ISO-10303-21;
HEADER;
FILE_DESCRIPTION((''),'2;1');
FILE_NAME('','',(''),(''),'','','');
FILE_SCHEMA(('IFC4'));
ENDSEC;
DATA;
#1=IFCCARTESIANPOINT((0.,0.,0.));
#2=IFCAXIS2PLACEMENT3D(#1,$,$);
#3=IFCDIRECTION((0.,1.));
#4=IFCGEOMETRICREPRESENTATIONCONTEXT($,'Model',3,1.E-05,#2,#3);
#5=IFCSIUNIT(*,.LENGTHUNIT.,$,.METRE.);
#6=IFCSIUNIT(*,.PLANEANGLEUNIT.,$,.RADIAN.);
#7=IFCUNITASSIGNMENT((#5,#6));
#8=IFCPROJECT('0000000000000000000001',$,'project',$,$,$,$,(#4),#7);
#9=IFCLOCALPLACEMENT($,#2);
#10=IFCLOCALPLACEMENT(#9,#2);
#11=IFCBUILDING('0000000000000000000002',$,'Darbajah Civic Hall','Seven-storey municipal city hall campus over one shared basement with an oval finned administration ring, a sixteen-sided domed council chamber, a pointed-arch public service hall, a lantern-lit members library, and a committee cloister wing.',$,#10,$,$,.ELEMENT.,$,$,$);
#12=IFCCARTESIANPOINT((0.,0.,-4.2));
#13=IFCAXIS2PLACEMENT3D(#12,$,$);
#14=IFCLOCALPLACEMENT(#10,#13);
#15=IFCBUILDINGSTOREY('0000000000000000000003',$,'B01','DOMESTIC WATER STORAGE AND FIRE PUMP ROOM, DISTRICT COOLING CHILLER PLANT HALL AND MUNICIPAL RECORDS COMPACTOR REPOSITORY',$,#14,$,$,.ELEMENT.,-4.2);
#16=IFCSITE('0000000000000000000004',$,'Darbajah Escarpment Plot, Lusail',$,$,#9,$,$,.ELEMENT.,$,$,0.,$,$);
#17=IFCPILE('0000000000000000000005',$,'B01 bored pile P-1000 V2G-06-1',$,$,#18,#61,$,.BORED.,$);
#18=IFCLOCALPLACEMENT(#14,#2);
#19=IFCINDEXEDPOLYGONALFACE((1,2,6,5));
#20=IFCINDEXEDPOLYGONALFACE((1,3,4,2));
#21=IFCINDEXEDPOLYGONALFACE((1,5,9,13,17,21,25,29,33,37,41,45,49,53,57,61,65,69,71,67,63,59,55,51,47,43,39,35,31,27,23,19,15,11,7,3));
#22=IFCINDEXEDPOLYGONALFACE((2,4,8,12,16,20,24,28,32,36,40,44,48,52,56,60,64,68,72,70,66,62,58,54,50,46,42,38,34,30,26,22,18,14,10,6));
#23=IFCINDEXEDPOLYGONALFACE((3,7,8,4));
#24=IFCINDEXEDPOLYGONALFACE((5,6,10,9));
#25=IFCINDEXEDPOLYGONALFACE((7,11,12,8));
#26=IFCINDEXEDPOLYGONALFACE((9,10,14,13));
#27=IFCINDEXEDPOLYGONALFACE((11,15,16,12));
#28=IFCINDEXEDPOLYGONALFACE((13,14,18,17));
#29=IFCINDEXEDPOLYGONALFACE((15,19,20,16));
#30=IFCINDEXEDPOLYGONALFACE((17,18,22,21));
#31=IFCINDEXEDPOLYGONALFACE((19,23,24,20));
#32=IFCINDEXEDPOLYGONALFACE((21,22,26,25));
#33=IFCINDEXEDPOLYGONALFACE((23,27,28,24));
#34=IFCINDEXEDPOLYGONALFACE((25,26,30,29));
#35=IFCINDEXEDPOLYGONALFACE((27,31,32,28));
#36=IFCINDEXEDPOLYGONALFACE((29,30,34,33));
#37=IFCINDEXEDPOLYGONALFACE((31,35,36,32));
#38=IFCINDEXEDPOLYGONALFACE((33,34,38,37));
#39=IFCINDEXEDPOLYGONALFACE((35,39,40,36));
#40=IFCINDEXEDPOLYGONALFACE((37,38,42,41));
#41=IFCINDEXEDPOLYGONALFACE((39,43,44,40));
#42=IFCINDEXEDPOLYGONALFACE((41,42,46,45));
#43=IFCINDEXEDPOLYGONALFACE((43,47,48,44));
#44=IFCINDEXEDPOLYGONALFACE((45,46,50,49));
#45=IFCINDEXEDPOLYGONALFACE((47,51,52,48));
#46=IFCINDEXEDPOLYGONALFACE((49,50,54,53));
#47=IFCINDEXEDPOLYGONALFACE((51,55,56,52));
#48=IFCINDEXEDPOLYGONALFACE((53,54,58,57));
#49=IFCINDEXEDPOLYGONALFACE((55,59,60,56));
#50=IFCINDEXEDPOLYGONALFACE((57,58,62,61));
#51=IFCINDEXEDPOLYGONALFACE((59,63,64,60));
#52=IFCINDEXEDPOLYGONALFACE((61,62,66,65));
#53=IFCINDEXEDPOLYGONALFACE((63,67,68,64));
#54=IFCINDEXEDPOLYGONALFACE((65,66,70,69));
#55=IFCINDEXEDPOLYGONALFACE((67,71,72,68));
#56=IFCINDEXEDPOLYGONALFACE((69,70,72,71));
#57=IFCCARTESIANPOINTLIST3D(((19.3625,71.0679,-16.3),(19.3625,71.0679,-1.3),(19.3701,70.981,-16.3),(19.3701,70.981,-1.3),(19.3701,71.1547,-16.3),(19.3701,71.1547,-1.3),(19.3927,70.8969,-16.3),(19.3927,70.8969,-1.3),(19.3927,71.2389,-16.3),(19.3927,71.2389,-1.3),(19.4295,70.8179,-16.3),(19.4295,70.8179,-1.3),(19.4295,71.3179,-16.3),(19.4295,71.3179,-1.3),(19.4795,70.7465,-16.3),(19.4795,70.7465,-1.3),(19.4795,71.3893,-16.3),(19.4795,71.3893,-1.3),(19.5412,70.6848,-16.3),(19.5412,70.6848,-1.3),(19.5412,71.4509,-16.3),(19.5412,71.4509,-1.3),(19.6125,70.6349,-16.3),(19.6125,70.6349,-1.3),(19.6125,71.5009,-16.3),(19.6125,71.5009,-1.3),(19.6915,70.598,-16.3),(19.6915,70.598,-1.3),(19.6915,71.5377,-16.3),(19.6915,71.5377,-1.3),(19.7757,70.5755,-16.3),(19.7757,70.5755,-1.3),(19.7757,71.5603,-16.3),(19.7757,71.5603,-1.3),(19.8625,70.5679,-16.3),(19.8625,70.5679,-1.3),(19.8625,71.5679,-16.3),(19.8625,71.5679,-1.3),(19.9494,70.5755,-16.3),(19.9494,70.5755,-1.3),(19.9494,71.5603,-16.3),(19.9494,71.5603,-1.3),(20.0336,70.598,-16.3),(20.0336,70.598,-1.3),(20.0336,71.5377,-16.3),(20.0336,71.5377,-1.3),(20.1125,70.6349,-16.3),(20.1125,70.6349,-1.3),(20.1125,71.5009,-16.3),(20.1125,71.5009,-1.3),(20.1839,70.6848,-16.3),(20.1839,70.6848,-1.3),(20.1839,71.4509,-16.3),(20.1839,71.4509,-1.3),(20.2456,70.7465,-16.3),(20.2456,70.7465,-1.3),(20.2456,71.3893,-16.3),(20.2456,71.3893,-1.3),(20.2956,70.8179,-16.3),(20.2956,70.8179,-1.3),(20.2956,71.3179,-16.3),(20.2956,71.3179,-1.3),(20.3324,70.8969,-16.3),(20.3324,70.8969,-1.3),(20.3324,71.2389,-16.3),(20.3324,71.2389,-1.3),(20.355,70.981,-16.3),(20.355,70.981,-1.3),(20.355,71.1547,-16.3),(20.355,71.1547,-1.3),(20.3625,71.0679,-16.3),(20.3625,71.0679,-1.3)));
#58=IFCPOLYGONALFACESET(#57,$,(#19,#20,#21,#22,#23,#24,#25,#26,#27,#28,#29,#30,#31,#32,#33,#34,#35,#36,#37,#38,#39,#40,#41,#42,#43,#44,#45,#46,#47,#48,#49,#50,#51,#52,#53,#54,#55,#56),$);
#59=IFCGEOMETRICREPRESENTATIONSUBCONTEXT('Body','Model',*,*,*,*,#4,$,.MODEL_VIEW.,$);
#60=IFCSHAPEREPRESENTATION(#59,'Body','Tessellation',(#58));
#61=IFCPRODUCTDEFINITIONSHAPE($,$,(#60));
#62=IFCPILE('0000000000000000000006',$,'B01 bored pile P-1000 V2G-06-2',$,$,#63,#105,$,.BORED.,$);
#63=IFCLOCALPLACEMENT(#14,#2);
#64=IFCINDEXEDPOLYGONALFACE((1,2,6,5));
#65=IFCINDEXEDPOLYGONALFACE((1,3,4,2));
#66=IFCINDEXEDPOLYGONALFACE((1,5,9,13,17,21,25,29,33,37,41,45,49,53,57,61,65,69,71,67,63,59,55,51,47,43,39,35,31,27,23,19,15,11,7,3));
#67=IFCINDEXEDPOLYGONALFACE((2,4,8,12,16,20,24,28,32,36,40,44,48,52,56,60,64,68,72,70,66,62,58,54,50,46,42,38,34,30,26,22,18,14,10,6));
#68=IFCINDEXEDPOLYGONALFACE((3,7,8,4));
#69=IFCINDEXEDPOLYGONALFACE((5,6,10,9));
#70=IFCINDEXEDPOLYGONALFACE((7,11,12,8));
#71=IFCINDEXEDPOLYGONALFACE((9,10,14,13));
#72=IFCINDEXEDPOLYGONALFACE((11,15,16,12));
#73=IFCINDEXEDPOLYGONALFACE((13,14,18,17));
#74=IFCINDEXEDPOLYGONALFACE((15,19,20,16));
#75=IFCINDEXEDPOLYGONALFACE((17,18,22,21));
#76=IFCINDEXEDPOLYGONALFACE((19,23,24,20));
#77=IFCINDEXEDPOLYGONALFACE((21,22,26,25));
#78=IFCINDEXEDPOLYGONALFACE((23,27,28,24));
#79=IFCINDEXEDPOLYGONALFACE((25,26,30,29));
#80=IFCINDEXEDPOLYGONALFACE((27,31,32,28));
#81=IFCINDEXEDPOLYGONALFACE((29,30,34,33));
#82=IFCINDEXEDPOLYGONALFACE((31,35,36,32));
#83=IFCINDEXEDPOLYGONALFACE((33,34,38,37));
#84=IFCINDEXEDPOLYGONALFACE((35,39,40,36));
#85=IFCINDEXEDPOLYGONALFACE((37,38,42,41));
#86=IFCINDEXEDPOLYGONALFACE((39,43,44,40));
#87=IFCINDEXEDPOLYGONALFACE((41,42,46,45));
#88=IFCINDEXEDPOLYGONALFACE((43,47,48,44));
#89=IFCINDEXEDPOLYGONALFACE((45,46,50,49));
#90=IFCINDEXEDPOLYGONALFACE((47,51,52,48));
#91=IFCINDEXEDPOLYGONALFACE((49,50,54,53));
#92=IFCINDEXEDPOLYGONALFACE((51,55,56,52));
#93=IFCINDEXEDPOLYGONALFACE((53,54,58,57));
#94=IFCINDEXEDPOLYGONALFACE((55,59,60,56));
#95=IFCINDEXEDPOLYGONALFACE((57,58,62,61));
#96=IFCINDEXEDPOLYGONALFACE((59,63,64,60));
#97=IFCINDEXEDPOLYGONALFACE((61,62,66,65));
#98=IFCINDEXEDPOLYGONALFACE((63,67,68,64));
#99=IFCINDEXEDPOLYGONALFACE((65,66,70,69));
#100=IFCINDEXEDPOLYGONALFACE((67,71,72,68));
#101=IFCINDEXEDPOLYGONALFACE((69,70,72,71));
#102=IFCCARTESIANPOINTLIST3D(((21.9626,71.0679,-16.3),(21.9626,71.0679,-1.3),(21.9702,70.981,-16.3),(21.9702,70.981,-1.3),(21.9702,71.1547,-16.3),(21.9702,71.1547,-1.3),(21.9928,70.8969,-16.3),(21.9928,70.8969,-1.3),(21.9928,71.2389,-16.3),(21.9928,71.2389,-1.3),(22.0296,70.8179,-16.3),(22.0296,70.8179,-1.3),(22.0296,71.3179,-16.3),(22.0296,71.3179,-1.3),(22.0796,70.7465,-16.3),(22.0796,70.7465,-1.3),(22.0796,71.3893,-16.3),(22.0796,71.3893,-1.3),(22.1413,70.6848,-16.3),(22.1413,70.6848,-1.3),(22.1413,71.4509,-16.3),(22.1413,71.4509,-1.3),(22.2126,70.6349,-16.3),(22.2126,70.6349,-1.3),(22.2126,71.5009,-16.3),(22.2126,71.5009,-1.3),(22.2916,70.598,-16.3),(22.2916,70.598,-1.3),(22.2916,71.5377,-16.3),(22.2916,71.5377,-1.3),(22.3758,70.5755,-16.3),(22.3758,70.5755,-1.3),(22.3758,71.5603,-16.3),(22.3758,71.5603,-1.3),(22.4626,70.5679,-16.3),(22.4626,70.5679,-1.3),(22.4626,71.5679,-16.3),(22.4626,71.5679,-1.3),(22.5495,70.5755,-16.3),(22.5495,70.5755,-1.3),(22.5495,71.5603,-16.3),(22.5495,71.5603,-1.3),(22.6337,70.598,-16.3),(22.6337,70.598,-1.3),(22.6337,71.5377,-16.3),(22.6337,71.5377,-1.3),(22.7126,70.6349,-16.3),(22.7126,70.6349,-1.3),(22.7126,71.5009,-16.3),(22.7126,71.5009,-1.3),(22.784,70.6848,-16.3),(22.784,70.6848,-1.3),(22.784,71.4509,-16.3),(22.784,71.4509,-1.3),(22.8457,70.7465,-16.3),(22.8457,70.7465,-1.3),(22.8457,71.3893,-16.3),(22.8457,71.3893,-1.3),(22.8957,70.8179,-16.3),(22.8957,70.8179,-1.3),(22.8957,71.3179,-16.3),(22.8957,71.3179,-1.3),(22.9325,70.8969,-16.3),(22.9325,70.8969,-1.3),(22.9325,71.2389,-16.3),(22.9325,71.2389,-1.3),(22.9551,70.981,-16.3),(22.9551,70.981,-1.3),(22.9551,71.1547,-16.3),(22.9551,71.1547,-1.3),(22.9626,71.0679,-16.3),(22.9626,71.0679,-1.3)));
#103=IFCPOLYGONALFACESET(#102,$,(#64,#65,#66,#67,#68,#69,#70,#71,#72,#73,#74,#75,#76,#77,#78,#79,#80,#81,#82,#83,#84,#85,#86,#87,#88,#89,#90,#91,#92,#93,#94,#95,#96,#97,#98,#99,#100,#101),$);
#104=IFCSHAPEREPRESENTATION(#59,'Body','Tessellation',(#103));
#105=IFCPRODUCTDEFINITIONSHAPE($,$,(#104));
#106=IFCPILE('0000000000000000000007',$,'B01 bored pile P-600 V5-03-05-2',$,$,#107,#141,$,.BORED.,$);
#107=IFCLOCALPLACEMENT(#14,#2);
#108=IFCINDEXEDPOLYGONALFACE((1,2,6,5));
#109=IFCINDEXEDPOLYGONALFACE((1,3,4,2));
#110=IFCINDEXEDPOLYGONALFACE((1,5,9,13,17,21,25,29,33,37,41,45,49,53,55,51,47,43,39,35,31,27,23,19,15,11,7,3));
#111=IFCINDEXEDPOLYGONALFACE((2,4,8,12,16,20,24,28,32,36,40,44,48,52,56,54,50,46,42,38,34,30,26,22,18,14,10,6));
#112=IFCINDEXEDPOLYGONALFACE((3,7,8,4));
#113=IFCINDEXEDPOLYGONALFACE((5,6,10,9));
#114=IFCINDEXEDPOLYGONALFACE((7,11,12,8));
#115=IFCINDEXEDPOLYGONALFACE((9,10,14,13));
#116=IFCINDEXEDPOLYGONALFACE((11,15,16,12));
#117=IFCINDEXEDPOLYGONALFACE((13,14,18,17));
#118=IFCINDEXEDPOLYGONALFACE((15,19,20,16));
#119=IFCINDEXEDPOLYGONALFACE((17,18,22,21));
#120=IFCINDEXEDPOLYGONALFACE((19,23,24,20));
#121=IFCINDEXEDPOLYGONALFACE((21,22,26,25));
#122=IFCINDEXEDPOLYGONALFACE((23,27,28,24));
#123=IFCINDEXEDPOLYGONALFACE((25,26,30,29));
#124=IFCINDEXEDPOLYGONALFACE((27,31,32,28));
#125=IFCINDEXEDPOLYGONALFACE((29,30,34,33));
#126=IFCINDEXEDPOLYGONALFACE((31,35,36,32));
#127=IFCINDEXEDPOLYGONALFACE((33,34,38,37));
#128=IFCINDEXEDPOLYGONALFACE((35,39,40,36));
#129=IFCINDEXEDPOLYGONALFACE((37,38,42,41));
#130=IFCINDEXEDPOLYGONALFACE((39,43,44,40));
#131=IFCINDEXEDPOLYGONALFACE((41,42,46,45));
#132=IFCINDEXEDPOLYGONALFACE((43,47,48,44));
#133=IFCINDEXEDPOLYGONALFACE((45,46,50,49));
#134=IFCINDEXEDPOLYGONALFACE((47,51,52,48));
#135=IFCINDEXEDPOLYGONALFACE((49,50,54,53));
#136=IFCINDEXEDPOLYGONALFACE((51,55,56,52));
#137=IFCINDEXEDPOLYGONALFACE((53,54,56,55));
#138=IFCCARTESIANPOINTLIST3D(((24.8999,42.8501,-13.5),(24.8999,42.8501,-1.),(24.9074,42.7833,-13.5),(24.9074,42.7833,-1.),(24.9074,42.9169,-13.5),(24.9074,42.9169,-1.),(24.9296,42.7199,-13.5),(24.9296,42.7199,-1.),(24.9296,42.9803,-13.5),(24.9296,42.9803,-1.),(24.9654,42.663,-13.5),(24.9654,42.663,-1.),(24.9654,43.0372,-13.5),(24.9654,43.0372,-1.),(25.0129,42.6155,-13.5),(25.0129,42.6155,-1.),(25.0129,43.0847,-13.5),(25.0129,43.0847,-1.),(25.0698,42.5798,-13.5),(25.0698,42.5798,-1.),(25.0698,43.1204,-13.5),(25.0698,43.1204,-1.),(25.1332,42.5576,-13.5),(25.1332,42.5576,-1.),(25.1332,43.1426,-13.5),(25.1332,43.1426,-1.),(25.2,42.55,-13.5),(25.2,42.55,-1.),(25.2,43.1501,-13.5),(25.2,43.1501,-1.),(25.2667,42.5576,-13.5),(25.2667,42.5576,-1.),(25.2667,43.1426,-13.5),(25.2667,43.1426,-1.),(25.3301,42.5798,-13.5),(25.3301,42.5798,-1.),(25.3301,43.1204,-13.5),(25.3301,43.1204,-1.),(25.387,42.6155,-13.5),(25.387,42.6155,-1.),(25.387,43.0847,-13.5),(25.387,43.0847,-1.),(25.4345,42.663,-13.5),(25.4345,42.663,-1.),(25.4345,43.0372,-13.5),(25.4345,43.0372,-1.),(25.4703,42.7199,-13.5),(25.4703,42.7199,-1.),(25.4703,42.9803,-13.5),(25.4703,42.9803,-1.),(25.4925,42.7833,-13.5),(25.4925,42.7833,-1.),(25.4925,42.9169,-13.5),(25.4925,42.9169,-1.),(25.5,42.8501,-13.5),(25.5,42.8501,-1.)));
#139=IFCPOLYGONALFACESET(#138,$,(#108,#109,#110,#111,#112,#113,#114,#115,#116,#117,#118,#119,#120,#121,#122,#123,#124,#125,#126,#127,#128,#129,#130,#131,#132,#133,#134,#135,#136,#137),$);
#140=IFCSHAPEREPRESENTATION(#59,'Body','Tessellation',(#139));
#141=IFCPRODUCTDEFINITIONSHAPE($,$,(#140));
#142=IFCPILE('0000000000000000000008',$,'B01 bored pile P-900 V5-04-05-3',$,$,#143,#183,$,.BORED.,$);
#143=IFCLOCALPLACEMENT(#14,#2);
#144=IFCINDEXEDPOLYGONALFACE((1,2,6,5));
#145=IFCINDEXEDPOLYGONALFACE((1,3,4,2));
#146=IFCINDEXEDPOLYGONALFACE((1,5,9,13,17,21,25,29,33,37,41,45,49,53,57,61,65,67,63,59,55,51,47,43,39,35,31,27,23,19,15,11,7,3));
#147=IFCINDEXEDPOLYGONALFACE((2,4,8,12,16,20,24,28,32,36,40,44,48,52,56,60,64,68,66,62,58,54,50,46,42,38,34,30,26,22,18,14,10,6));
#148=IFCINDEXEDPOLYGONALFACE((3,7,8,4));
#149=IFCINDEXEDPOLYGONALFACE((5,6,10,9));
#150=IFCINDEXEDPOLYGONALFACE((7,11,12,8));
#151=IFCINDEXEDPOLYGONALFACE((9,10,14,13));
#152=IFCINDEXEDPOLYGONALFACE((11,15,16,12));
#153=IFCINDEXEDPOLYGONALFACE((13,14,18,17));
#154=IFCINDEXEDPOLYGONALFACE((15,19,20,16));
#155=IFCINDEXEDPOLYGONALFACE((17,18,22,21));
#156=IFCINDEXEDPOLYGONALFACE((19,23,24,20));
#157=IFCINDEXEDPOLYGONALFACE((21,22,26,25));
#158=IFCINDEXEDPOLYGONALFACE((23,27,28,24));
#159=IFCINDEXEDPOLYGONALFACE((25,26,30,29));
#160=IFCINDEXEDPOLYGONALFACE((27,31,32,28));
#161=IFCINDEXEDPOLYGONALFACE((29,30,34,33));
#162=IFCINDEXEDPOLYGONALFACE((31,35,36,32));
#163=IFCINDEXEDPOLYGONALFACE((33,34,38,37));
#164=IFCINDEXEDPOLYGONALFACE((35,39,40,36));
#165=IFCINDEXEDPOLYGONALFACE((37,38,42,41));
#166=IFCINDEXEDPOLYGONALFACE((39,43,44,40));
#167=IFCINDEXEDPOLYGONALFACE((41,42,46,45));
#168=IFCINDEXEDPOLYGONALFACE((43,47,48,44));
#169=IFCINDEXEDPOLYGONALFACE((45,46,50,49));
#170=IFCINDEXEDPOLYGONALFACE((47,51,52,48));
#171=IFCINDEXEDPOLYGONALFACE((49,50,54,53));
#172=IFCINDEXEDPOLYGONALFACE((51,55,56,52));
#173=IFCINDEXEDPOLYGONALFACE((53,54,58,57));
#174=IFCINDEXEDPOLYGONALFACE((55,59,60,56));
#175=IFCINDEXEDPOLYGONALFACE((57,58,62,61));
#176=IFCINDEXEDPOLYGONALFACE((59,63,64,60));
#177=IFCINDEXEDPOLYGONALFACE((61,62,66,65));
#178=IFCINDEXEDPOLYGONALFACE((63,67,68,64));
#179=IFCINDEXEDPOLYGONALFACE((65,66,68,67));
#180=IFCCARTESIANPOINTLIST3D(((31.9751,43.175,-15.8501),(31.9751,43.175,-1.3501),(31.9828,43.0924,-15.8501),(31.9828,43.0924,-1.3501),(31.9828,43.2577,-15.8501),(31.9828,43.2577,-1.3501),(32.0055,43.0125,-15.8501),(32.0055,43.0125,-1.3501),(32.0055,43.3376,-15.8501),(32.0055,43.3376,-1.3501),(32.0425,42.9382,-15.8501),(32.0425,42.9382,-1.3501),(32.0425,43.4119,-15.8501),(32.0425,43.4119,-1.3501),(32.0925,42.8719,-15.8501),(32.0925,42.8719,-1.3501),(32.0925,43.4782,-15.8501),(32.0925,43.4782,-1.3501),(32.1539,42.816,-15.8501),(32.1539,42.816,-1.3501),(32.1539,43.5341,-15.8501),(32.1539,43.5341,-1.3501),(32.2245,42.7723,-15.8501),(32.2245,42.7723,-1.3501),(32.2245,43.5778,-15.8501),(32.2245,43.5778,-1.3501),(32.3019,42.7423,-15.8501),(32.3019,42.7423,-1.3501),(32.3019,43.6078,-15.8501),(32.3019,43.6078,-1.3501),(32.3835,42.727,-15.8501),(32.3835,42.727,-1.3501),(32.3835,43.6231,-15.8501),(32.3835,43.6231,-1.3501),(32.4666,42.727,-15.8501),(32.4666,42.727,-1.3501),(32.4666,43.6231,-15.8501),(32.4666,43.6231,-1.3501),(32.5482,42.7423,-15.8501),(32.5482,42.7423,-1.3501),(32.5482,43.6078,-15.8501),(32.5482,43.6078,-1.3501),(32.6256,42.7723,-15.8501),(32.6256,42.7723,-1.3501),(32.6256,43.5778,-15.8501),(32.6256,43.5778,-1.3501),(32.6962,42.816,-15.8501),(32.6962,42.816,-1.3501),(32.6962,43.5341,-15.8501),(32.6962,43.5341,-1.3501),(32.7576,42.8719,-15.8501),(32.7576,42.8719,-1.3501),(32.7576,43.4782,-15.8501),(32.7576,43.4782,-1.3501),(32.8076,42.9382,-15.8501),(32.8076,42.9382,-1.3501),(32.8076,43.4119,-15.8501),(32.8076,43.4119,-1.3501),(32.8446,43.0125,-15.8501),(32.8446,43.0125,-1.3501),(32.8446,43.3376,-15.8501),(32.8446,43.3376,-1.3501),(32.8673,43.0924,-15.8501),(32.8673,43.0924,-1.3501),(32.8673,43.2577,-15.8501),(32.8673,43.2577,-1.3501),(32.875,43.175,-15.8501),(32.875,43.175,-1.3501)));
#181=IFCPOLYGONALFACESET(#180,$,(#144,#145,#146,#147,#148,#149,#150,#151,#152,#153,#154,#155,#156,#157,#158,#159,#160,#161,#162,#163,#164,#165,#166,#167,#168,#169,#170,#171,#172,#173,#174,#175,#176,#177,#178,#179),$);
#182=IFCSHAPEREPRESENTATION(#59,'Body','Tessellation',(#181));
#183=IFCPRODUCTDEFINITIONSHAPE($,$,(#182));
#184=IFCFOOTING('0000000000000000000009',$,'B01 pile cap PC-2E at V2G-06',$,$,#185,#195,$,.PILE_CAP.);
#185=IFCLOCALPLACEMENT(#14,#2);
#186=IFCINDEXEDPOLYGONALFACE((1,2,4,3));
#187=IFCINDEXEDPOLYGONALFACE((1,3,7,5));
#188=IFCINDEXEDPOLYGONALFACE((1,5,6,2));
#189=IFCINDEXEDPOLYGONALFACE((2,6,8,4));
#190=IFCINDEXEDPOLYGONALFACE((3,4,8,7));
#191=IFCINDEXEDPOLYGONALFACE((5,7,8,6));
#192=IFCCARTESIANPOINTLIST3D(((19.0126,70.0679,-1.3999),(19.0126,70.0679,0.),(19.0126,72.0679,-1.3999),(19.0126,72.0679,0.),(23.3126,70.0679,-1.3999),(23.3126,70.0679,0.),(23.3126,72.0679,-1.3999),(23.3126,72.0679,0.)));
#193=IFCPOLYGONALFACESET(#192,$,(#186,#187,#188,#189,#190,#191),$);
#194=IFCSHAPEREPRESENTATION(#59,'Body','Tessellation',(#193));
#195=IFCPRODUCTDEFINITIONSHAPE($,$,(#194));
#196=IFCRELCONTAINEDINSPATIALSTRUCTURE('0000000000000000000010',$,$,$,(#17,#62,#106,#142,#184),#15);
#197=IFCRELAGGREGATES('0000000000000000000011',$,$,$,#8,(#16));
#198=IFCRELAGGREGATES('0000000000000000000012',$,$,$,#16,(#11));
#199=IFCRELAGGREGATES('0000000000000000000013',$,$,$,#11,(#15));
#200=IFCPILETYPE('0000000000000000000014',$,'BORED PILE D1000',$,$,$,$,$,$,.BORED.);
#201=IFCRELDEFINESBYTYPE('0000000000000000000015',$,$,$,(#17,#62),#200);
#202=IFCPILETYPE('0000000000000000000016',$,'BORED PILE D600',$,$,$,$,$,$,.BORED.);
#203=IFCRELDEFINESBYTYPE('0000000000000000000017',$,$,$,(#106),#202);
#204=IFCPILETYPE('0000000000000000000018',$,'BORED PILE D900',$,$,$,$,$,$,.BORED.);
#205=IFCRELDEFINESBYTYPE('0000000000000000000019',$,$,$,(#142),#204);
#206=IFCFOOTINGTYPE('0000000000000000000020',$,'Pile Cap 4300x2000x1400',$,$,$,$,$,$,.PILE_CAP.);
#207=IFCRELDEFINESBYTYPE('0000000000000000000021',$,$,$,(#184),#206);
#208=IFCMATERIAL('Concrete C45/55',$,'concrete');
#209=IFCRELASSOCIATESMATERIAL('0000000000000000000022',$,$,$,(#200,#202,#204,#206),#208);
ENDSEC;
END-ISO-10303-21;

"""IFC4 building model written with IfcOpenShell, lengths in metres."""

from ifc_helpers import new_model, si_unit, direction, frame, origin, origin_2d, place, context, subcontext, project, spatial, rectangle, circle, extrude, material, material_profile, profile_set, type_object, element, save


model = new_model("IFC4")

# Units and contexts
model_context = context("Model", 3, precision=1e-05, world=origin(), true_north=direction((0.0, 1.0)))
body_context = subcontext(model_context, "Body", "Model", "MODEL_VIEW")
ifc_project = project(units=[si_unit("LENGTHUNIT", "METRE"), si_unit("PLANEANGLEUNIT", "RADIAN")], contexts=[model_context])

# Site, building, storey
site_placement = place(None, origin())
site = spatial("IfcSite", under=ifc_project, at=site_placement, Name="Darbajah Escarpment Plot, Lusail", CompositionType="ELEMENT", RefElevation=0.0)
building_placement = place(site_placement, origin())
building = spatial("IfcBuilding", under=site, at=building_placement, Name="Darbajah Civic Hall", Description="Seven-storey municipal city hall campus over one shared basement with an oval finned administration ring, a sixteen-sided domed council chamber, a pointed-arch public service hall, a lantern-lit members library, and a committee cloister wing.", CompositionType="ELEMENT")
storey_placement = place(building_placement, frame((0.0, 0.0, -4.2)))
storey = spatial("IfcBuildingStorey", under=building, at=storey_placement, Name="B01", Description="DOMESTIC WATER STORAGE AND FIRE PUMP ROOM, DISTRICT COOLING CHILLER PLANT HALL AND MUNICIPAL RECORDS COMPACTOR REPOSITORY", CompositionType="ELEMENT", Elevation=-4.2)

# Piles
ifc_material_1 = material(Name="Concrete C45/55", Category="concrete")
ifc_material_profile_1 = material_profile(ifc_material_1, circle(Radius=0.5, at=origin_2d()), Name="BORED PILE D1000")
ifc_profile_set_1 = profile_set([ifc_material_profile_1], Name="Concrete C45/55")
pile_type_1 = type_object("IfcPileType", Name="BORED PILE D1000", PredefinedType="BORED", material=ifc_profile_set_1)
for number, where, z_axis, x_axis, name in (
    (1, (19.8625, 71.0679, -1.3), (0.0, 0.0, -1.0), (1.0, 0.0, 0.0), "B01 bored pile P-1000 V2G-06-1"),
    (2, (22.4626, 71.0679, -1.3), (0.0, 0.0, -1.0), (1.0, 0.0, 0.0), "B01 bored pile P-1000 V2G-06-2"),
):
    element("IfcPile", number, at=place(storey_placement, frame(where, z_axis=z_axis, x_axis=x_axis)), inside=storey, type_object=pile_type_1, Name=name, PredefinedType="BORED", context=body_context, shape_type="SweptSolid", body=[
        extrude(circle(Radius=0.5, at=origin_2d()), origin(), (0.0, 0.0, 1.0), 15.0),
    ])
ifc_material_profile_2 = material_profile(ifc_material_1, circle(Radius=0.3, at=origin_2d()), Name="BORED PILE D600")
ifc_profile_set_2 = profile_set([ifc_material_profile_2], Name="Concrete C45/55")
pile_type_2 = type_object("IfcPileType", Name="BORED PILE D600", PredefinedType="BORED", material=ifc_profile_set_2)
pile_1_placement = place(storey_placement, frame((25.2, 42.8501, -1.0), z_axis=(0.0, 0.0, -1.0), x_axis=(1.0, 0.0, 0.0)))
element("IfcPile", 3, at=pile_1_placement, inside=storey, type_object=pile_type_2, Name="B01 bored pile P-600 V5-03-05-2", PredefinedType="BORED", context=body_context, shape_type="SweptSolid", body=[
    extrude(circle(Radius=0.3, at=origin_2d()), origin(), (0.0, 0.0, 1.0), 12.5),
])
ifc_material_profile_3 = material_profile(ifc_material_1, circle(Radius=0.45, at=origin_2d()), Name="BORED PILE D900")
ifc_profile_set_3 = profile_set([ifc_material_profile_3], Name="Concrete C45/55")
pile_type_3 = type_object("IfcPileType", Name="BORED PILE D900", PredefinedType="BORED", material=ifc_profile_set_3)
pile_2_placement = place(storey_placement, frame((32.425, 43.175, -1.3501), z_axis=(0.0, 0.0, -1.0), x_axis=(1.0, 0.0, 0.0)))
element("IfcPile", 4, at=pile_2_placement, inside=storey, type_object=pile_type_3, Name="B01 bored pile P-900 V5-04-05-3", PredefinedType="BORED", context=body_context, shape_type="SweptSolid", body=[
    extrude(circle(Radius=0.45, at=origin_2d()), origin(), (0.0, 0.0, 1.0), 14.5),
])

# Footing
footing_type_1 = type_object("IfcFootingType", Name="Pile Cap 4300x2000x1400", PredefinedType="PILE_CAP", material=ifc_material_1)
footing_1_placement = place(storey_placement, frame((21.1626, 71.0679, -1.3999), z_axis=(0.0, 0.0, 1.0), x_axis=(1.0, 0.0, 0.0)))
element("IfcFooting", 5, at=footing_1_placement, inside=storey, type_object=footing_type_1, Name="B01 pile cap PC-2E at V2G-06", PredefinedType="PILE_CAP", context=body_context, shape_type="SweptSolid", body=[
    extrude(rectangle(XDim=4.3, YDim=2.0, at=origin_2d()), origin(), (0.0, 0.0, 1.0), 1.3999),
])

save(model, "model.ifc")
